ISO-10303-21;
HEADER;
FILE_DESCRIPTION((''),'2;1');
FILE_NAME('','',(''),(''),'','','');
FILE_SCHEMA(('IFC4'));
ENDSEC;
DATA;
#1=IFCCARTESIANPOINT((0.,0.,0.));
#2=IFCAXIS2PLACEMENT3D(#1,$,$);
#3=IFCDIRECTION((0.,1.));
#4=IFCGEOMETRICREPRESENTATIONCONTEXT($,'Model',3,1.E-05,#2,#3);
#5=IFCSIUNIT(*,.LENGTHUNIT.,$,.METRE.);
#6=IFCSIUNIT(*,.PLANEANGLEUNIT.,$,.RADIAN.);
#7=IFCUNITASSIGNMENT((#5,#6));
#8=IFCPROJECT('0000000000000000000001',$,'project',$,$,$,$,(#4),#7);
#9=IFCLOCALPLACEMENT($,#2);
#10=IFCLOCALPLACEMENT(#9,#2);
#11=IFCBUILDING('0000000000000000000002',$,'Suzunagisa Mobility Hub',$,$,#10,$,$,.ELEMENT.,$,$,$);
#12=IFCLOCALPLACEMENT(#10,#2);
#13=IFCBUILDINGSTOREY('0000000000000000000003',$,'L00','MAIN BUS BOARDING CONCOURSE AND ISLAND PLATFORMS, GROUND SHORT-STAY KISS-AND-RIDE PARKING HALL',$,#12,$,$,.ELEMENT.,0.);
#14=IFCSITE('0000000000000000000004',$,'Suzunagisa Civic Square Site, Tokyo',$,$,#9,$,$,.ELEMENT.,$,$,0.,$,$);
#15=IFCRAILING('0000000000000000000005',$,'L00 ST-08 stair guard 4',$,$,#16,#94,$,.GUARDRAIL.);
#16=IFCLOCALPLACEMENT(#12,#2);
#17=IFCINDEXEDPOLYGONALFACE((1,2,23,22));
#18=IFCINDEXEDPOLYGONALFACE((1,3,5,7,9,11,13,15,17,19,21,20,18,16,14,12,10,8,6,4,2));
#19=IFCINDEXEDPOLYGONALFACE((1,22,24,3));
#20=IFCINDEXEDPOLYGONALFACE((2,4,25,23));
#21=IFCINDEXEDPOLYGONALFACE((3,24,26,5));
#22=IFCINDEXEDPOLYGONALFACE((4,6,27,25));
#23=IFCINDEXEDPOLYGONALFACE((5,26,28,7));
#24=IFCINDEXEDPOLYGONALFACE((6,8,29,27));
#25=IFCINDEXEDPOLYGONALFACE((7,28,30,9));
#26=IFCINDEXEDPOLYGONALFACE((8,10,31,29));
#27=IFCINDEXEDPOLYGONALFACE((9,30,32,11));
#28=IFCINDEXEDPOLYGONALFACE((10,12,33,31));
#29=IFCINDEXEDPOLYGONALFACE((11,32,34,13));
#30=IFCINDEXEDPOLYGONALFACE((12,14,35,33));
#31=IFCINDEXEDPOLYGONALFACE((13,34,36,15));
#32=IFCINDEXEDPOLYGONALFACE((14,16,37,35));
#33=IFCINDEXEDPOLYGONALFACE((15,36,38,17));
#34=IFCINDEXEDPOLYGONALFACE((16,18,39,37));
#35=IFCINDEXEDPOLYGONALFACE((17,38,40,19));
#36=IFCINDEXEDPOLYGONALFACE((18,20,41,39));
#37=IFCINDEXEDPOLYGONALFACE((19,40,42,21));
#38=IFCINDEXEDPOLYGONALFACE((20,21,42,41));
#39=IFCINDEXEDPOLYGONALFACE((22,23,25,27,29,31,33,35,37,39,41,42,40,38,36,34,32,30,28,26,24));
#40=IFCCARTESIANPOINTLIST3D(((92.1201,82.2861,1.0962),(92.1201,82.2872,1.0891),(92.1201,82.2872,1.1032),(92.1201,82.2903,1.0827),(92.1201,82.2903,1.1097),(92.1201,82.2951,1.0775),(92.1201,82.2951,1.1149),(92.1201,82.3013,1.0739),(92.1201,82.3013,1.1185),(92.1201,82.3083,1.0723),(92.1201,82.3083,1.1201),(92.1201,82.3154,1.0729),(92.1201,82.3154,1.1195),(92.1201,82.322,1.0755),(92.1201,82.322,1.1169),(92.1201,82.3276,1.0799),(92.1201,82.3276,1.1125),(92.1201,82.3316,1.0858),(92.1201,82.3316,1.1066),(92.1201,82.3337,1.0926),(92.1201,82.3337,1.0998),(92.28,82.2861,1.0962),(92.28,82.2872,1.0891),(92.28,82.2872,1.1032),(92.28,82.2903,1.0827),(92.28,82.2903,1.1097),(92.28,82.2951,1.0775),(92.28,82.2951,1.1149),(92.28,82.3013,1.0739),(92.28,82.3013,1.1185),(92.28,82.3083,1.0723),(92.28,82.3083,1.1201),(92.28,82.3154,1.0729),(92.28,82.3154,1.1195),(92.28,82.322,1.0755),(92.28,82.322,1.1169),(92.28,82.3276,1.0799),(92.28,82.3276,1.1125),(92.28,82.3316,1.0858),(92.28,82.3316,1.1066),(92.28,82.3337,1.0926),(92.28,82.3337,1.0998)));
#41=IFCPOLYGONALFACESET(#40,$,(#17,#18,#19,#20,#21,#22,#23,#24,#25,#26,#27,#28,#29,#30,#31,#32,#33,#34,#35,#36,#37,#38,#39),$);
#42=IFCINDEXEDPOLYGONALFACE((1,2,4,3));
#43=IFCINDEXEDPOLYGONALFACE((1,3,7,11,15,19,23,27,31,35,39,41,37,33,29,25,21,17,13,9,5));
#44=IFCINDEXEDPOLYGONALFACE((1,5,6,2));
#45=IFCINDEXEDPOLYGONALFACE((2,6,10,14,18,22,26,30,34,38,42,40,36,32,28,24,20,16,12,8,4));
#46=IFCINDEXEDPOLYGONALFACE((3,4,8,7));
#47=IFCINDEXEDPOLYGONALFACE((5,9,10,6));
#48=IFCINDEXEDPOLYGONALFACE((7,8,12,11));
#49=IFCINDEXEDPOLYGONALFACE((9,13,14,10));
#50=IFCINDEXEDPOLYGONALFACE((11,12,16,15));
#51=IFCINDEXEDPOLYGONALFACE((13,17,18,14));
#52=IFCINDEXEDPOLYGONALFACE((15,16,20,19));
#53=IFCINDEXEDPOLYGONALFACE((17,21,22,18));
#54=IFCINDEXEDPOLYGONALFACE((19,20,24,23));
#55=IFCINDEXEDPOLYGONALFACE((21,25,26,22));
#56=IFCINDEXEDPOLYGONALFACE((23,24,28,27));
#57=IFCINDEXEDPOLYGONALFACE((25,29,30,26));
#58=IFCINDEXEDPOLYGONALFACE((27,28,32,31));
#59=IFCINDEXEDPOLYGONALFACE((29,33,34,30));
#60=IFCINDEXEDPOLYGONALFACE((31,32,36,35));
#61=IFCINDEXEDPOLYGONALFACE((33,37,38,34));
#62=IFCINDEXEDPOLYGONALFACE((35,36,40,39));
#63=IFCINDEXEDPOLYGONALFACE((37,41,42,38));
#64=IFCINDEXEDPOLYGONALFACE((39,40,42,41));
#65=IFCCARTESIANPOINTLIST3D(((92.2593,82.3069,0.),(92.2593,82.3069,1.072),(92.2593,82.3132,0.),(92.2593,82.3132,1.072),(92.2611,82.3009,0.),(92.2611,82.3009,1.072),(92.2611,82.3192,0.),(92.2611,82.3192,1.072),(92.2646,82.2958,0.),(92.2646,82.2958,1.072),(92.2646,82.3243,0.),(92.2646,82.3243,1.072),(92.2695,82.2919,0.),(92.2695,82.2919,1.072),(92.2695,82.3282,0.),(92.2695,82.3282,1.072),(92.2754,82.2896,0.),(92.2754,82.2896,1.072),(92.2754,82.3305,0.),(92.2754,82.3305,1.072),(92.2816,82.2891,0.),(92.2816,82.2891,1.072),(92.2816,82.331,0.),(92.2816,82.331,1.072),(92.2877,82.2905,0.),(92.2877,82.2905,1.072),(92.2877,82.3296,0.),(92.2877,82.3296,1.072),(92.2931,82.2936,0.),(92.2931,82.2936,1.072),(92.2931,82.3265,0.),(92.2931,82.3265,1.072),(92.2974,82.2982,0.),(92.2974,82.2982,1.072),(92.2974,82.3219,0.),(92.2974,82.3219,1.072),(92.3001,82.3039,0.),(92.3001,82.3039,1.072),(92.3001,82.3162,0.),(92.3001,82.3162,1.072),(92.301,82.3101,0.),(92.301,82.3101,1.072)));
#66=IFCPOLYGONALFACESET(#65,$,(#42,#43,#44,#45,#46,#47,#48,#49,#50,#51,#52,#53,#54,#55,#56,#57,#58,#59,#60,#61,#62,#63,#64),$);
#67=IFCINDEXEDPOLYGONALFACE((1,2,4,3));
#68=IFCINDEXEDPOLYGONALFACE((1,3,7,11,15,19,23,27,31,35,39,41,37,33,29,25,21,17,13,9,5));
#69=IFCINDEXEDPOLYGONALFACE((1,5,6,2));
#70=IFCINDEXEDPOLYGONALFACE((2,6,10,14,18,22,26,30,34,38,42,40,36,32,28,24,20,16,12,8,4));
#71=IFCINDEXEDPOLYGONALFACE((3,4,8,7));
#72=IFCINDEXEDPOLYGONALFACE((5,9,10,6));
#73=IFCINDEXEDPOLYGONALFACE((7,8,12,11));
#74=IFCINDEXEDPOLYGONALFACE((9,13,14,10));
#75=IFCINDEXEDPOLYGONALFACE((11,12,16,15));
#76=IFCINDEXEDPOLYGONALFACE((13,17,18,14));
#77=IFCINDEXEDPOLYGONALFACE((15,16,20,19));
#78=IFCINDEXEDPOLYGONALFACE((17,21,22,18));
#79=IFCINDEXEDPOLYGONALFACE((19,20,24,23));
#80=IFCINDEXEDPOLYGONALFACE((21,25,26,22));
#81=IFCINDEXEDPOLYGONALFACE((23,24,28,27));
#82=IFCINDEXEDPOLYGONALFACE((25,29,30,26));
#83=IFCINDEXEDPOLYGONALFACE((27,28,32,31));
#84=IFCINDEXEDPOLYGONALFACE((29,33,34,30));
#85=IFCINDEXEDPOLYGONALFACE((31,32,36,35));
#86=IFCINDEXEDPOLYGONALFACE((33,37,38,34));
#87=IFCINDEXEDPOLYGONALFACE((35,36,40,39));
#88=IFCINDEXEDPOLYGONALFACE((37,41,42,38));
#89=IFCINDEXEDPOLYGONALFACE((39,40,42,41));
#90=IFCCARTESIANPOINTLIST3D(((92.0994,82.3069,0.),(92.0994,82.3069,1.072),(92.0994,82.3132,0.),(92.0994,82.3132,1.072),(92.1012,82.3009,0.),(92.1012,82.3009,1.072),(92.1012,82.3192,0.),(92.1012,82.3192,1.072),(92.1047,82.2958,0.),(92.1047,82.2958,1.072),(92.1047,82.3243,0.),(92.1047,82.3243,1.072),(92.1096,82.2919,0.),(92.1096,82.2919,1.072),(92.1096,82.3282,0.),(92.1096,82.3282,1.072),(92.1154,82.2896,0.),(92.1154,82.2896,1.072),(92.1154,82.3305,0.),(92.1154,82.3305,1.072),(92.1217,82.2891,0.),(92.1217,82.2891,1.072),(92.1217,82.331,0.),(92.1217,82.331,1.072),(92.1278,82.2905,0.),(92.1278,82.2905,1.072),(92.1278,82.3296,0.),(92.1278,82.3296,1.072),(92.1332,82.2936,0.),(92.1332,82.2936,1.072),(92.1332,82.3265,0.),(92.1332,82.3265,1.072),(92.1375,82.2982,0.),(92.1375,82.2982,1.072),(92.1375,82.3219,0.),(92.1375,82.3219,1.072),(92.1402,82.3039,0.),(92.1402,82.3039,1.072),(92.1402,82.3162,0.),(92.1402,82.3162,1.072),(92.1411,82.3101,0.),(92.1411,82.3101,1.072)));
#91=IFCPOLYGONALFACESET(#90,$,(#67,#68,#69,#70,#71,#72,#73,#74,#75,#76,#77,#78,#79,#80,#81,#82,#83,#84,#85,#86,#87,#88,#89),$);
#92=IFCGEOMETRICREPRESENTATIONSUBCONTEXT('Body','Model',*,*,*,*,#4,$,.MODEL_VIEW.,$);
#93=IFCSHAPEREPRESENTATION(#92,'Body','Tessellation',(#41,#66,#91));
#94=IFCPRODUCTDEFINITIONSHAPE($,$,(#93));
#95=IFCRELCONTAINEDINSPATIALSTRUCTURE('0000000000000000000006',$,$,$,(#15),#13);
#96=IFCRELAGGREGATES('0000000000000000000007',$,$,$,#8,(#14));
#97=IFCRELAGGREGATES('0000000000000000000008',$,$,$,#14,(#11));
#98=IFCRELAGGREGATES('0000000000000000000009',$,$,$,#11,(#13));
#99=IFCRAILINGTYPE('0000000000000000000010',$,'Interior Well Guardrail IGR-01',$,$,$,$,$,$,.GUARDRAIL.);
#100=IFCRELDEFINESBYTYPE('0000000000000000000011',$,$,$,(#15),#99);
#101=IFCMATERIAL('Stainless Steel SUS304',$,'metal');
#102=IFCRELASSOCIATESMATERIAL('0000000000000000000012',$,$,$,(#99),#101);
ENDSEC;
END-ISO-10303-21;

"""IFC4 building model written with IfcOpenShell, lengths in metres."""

from ifc_helpers import new_model, si_unit, direction, frame, origin, origin_2d, place, context, subcontext, project, spatial, circle, extrude, material, type_object, element, save


model = new_model("IFC4")

# Units and contexts
model_context = context("Model", 3, precision=1e-05, world=origin(), true_north=direction((0.0, 1.0)))
body_context = subcontext(model_context, "Body", "Model", "MODEL_VIEW")
ifc_project = project(units=[si_unit("LENGTHUNIT", "METRE"), si_unit("PLANEANGLEUNIT", "RADIAN")], contexts=[model_context])

# Site, building, storey
site_placement = place(None, origin())
site = spatial("IfcSite", under=ifc_project, at=site_placement, Name="Suzunagisa Civic Square Site, Tokyo", CompositionType="ELEMENT", RefElevation=0.0)
building_placement = place(site_placement, origin())
building = spatial("IfcBuilding", under=site, at=building_placement, Name="Suzunagisa Mobility Hub", CompositionType="ELEMENT")
storey_placement = place(building_placement, origin())
storey = spatial("IfcBuildingStorey", under=building, at=storey_placement, Name="L00", Description="MAIN BUS BOARDING CONCOURSE AND ISLAND PLATFORMS, GROUND SHORT-STAY KISS-AND-RIDE PARKING HALL", CompositionType="ELEMENT", Elevation=0.0)

# Railing
ifc_material_1 = material(Name="Stainless Steel SUS304", Category="metal")
railing_type_1 = type_object("IfcRailingType", Name="Interior Well Guardrail IGR-01", PredefinedType="GUARDRAIL", material=ifc_material_1)
railing_1_placement = place(storey_placement, frame((92.28, 82.3101, 0.0)))
element("IfcRailing", 1, at=railing_1_placement, inside=storey, type_object=railing_type_1, Name="L00 ST-08 stair guard 4", PredefinedType="GUARDRAIL", context=body_context, shape_type="SweptSolid", body=[
    extrude(circle(Radius=0.0239, at=origin_2d()), frame((0.0, 0.0, 1.0962), z_axis=(-1.0, 0.0, 0.0), x_axis=(0.0, -1.0, 0.0)), (0.0, 0.0, 1.0), 0.1599),
    extrude(circle(Radius=0.021, at=origin_2d()), origin(), (0.0, 0.0, 1.0), 1.072),
    extrude(circle(Radius=0.021, at=origin_2d()), frame((-0.1599, 0.0, 0.0)), (0.0, 0.0, 1.0), 1.072),
])

save(model, "model.ifc")
